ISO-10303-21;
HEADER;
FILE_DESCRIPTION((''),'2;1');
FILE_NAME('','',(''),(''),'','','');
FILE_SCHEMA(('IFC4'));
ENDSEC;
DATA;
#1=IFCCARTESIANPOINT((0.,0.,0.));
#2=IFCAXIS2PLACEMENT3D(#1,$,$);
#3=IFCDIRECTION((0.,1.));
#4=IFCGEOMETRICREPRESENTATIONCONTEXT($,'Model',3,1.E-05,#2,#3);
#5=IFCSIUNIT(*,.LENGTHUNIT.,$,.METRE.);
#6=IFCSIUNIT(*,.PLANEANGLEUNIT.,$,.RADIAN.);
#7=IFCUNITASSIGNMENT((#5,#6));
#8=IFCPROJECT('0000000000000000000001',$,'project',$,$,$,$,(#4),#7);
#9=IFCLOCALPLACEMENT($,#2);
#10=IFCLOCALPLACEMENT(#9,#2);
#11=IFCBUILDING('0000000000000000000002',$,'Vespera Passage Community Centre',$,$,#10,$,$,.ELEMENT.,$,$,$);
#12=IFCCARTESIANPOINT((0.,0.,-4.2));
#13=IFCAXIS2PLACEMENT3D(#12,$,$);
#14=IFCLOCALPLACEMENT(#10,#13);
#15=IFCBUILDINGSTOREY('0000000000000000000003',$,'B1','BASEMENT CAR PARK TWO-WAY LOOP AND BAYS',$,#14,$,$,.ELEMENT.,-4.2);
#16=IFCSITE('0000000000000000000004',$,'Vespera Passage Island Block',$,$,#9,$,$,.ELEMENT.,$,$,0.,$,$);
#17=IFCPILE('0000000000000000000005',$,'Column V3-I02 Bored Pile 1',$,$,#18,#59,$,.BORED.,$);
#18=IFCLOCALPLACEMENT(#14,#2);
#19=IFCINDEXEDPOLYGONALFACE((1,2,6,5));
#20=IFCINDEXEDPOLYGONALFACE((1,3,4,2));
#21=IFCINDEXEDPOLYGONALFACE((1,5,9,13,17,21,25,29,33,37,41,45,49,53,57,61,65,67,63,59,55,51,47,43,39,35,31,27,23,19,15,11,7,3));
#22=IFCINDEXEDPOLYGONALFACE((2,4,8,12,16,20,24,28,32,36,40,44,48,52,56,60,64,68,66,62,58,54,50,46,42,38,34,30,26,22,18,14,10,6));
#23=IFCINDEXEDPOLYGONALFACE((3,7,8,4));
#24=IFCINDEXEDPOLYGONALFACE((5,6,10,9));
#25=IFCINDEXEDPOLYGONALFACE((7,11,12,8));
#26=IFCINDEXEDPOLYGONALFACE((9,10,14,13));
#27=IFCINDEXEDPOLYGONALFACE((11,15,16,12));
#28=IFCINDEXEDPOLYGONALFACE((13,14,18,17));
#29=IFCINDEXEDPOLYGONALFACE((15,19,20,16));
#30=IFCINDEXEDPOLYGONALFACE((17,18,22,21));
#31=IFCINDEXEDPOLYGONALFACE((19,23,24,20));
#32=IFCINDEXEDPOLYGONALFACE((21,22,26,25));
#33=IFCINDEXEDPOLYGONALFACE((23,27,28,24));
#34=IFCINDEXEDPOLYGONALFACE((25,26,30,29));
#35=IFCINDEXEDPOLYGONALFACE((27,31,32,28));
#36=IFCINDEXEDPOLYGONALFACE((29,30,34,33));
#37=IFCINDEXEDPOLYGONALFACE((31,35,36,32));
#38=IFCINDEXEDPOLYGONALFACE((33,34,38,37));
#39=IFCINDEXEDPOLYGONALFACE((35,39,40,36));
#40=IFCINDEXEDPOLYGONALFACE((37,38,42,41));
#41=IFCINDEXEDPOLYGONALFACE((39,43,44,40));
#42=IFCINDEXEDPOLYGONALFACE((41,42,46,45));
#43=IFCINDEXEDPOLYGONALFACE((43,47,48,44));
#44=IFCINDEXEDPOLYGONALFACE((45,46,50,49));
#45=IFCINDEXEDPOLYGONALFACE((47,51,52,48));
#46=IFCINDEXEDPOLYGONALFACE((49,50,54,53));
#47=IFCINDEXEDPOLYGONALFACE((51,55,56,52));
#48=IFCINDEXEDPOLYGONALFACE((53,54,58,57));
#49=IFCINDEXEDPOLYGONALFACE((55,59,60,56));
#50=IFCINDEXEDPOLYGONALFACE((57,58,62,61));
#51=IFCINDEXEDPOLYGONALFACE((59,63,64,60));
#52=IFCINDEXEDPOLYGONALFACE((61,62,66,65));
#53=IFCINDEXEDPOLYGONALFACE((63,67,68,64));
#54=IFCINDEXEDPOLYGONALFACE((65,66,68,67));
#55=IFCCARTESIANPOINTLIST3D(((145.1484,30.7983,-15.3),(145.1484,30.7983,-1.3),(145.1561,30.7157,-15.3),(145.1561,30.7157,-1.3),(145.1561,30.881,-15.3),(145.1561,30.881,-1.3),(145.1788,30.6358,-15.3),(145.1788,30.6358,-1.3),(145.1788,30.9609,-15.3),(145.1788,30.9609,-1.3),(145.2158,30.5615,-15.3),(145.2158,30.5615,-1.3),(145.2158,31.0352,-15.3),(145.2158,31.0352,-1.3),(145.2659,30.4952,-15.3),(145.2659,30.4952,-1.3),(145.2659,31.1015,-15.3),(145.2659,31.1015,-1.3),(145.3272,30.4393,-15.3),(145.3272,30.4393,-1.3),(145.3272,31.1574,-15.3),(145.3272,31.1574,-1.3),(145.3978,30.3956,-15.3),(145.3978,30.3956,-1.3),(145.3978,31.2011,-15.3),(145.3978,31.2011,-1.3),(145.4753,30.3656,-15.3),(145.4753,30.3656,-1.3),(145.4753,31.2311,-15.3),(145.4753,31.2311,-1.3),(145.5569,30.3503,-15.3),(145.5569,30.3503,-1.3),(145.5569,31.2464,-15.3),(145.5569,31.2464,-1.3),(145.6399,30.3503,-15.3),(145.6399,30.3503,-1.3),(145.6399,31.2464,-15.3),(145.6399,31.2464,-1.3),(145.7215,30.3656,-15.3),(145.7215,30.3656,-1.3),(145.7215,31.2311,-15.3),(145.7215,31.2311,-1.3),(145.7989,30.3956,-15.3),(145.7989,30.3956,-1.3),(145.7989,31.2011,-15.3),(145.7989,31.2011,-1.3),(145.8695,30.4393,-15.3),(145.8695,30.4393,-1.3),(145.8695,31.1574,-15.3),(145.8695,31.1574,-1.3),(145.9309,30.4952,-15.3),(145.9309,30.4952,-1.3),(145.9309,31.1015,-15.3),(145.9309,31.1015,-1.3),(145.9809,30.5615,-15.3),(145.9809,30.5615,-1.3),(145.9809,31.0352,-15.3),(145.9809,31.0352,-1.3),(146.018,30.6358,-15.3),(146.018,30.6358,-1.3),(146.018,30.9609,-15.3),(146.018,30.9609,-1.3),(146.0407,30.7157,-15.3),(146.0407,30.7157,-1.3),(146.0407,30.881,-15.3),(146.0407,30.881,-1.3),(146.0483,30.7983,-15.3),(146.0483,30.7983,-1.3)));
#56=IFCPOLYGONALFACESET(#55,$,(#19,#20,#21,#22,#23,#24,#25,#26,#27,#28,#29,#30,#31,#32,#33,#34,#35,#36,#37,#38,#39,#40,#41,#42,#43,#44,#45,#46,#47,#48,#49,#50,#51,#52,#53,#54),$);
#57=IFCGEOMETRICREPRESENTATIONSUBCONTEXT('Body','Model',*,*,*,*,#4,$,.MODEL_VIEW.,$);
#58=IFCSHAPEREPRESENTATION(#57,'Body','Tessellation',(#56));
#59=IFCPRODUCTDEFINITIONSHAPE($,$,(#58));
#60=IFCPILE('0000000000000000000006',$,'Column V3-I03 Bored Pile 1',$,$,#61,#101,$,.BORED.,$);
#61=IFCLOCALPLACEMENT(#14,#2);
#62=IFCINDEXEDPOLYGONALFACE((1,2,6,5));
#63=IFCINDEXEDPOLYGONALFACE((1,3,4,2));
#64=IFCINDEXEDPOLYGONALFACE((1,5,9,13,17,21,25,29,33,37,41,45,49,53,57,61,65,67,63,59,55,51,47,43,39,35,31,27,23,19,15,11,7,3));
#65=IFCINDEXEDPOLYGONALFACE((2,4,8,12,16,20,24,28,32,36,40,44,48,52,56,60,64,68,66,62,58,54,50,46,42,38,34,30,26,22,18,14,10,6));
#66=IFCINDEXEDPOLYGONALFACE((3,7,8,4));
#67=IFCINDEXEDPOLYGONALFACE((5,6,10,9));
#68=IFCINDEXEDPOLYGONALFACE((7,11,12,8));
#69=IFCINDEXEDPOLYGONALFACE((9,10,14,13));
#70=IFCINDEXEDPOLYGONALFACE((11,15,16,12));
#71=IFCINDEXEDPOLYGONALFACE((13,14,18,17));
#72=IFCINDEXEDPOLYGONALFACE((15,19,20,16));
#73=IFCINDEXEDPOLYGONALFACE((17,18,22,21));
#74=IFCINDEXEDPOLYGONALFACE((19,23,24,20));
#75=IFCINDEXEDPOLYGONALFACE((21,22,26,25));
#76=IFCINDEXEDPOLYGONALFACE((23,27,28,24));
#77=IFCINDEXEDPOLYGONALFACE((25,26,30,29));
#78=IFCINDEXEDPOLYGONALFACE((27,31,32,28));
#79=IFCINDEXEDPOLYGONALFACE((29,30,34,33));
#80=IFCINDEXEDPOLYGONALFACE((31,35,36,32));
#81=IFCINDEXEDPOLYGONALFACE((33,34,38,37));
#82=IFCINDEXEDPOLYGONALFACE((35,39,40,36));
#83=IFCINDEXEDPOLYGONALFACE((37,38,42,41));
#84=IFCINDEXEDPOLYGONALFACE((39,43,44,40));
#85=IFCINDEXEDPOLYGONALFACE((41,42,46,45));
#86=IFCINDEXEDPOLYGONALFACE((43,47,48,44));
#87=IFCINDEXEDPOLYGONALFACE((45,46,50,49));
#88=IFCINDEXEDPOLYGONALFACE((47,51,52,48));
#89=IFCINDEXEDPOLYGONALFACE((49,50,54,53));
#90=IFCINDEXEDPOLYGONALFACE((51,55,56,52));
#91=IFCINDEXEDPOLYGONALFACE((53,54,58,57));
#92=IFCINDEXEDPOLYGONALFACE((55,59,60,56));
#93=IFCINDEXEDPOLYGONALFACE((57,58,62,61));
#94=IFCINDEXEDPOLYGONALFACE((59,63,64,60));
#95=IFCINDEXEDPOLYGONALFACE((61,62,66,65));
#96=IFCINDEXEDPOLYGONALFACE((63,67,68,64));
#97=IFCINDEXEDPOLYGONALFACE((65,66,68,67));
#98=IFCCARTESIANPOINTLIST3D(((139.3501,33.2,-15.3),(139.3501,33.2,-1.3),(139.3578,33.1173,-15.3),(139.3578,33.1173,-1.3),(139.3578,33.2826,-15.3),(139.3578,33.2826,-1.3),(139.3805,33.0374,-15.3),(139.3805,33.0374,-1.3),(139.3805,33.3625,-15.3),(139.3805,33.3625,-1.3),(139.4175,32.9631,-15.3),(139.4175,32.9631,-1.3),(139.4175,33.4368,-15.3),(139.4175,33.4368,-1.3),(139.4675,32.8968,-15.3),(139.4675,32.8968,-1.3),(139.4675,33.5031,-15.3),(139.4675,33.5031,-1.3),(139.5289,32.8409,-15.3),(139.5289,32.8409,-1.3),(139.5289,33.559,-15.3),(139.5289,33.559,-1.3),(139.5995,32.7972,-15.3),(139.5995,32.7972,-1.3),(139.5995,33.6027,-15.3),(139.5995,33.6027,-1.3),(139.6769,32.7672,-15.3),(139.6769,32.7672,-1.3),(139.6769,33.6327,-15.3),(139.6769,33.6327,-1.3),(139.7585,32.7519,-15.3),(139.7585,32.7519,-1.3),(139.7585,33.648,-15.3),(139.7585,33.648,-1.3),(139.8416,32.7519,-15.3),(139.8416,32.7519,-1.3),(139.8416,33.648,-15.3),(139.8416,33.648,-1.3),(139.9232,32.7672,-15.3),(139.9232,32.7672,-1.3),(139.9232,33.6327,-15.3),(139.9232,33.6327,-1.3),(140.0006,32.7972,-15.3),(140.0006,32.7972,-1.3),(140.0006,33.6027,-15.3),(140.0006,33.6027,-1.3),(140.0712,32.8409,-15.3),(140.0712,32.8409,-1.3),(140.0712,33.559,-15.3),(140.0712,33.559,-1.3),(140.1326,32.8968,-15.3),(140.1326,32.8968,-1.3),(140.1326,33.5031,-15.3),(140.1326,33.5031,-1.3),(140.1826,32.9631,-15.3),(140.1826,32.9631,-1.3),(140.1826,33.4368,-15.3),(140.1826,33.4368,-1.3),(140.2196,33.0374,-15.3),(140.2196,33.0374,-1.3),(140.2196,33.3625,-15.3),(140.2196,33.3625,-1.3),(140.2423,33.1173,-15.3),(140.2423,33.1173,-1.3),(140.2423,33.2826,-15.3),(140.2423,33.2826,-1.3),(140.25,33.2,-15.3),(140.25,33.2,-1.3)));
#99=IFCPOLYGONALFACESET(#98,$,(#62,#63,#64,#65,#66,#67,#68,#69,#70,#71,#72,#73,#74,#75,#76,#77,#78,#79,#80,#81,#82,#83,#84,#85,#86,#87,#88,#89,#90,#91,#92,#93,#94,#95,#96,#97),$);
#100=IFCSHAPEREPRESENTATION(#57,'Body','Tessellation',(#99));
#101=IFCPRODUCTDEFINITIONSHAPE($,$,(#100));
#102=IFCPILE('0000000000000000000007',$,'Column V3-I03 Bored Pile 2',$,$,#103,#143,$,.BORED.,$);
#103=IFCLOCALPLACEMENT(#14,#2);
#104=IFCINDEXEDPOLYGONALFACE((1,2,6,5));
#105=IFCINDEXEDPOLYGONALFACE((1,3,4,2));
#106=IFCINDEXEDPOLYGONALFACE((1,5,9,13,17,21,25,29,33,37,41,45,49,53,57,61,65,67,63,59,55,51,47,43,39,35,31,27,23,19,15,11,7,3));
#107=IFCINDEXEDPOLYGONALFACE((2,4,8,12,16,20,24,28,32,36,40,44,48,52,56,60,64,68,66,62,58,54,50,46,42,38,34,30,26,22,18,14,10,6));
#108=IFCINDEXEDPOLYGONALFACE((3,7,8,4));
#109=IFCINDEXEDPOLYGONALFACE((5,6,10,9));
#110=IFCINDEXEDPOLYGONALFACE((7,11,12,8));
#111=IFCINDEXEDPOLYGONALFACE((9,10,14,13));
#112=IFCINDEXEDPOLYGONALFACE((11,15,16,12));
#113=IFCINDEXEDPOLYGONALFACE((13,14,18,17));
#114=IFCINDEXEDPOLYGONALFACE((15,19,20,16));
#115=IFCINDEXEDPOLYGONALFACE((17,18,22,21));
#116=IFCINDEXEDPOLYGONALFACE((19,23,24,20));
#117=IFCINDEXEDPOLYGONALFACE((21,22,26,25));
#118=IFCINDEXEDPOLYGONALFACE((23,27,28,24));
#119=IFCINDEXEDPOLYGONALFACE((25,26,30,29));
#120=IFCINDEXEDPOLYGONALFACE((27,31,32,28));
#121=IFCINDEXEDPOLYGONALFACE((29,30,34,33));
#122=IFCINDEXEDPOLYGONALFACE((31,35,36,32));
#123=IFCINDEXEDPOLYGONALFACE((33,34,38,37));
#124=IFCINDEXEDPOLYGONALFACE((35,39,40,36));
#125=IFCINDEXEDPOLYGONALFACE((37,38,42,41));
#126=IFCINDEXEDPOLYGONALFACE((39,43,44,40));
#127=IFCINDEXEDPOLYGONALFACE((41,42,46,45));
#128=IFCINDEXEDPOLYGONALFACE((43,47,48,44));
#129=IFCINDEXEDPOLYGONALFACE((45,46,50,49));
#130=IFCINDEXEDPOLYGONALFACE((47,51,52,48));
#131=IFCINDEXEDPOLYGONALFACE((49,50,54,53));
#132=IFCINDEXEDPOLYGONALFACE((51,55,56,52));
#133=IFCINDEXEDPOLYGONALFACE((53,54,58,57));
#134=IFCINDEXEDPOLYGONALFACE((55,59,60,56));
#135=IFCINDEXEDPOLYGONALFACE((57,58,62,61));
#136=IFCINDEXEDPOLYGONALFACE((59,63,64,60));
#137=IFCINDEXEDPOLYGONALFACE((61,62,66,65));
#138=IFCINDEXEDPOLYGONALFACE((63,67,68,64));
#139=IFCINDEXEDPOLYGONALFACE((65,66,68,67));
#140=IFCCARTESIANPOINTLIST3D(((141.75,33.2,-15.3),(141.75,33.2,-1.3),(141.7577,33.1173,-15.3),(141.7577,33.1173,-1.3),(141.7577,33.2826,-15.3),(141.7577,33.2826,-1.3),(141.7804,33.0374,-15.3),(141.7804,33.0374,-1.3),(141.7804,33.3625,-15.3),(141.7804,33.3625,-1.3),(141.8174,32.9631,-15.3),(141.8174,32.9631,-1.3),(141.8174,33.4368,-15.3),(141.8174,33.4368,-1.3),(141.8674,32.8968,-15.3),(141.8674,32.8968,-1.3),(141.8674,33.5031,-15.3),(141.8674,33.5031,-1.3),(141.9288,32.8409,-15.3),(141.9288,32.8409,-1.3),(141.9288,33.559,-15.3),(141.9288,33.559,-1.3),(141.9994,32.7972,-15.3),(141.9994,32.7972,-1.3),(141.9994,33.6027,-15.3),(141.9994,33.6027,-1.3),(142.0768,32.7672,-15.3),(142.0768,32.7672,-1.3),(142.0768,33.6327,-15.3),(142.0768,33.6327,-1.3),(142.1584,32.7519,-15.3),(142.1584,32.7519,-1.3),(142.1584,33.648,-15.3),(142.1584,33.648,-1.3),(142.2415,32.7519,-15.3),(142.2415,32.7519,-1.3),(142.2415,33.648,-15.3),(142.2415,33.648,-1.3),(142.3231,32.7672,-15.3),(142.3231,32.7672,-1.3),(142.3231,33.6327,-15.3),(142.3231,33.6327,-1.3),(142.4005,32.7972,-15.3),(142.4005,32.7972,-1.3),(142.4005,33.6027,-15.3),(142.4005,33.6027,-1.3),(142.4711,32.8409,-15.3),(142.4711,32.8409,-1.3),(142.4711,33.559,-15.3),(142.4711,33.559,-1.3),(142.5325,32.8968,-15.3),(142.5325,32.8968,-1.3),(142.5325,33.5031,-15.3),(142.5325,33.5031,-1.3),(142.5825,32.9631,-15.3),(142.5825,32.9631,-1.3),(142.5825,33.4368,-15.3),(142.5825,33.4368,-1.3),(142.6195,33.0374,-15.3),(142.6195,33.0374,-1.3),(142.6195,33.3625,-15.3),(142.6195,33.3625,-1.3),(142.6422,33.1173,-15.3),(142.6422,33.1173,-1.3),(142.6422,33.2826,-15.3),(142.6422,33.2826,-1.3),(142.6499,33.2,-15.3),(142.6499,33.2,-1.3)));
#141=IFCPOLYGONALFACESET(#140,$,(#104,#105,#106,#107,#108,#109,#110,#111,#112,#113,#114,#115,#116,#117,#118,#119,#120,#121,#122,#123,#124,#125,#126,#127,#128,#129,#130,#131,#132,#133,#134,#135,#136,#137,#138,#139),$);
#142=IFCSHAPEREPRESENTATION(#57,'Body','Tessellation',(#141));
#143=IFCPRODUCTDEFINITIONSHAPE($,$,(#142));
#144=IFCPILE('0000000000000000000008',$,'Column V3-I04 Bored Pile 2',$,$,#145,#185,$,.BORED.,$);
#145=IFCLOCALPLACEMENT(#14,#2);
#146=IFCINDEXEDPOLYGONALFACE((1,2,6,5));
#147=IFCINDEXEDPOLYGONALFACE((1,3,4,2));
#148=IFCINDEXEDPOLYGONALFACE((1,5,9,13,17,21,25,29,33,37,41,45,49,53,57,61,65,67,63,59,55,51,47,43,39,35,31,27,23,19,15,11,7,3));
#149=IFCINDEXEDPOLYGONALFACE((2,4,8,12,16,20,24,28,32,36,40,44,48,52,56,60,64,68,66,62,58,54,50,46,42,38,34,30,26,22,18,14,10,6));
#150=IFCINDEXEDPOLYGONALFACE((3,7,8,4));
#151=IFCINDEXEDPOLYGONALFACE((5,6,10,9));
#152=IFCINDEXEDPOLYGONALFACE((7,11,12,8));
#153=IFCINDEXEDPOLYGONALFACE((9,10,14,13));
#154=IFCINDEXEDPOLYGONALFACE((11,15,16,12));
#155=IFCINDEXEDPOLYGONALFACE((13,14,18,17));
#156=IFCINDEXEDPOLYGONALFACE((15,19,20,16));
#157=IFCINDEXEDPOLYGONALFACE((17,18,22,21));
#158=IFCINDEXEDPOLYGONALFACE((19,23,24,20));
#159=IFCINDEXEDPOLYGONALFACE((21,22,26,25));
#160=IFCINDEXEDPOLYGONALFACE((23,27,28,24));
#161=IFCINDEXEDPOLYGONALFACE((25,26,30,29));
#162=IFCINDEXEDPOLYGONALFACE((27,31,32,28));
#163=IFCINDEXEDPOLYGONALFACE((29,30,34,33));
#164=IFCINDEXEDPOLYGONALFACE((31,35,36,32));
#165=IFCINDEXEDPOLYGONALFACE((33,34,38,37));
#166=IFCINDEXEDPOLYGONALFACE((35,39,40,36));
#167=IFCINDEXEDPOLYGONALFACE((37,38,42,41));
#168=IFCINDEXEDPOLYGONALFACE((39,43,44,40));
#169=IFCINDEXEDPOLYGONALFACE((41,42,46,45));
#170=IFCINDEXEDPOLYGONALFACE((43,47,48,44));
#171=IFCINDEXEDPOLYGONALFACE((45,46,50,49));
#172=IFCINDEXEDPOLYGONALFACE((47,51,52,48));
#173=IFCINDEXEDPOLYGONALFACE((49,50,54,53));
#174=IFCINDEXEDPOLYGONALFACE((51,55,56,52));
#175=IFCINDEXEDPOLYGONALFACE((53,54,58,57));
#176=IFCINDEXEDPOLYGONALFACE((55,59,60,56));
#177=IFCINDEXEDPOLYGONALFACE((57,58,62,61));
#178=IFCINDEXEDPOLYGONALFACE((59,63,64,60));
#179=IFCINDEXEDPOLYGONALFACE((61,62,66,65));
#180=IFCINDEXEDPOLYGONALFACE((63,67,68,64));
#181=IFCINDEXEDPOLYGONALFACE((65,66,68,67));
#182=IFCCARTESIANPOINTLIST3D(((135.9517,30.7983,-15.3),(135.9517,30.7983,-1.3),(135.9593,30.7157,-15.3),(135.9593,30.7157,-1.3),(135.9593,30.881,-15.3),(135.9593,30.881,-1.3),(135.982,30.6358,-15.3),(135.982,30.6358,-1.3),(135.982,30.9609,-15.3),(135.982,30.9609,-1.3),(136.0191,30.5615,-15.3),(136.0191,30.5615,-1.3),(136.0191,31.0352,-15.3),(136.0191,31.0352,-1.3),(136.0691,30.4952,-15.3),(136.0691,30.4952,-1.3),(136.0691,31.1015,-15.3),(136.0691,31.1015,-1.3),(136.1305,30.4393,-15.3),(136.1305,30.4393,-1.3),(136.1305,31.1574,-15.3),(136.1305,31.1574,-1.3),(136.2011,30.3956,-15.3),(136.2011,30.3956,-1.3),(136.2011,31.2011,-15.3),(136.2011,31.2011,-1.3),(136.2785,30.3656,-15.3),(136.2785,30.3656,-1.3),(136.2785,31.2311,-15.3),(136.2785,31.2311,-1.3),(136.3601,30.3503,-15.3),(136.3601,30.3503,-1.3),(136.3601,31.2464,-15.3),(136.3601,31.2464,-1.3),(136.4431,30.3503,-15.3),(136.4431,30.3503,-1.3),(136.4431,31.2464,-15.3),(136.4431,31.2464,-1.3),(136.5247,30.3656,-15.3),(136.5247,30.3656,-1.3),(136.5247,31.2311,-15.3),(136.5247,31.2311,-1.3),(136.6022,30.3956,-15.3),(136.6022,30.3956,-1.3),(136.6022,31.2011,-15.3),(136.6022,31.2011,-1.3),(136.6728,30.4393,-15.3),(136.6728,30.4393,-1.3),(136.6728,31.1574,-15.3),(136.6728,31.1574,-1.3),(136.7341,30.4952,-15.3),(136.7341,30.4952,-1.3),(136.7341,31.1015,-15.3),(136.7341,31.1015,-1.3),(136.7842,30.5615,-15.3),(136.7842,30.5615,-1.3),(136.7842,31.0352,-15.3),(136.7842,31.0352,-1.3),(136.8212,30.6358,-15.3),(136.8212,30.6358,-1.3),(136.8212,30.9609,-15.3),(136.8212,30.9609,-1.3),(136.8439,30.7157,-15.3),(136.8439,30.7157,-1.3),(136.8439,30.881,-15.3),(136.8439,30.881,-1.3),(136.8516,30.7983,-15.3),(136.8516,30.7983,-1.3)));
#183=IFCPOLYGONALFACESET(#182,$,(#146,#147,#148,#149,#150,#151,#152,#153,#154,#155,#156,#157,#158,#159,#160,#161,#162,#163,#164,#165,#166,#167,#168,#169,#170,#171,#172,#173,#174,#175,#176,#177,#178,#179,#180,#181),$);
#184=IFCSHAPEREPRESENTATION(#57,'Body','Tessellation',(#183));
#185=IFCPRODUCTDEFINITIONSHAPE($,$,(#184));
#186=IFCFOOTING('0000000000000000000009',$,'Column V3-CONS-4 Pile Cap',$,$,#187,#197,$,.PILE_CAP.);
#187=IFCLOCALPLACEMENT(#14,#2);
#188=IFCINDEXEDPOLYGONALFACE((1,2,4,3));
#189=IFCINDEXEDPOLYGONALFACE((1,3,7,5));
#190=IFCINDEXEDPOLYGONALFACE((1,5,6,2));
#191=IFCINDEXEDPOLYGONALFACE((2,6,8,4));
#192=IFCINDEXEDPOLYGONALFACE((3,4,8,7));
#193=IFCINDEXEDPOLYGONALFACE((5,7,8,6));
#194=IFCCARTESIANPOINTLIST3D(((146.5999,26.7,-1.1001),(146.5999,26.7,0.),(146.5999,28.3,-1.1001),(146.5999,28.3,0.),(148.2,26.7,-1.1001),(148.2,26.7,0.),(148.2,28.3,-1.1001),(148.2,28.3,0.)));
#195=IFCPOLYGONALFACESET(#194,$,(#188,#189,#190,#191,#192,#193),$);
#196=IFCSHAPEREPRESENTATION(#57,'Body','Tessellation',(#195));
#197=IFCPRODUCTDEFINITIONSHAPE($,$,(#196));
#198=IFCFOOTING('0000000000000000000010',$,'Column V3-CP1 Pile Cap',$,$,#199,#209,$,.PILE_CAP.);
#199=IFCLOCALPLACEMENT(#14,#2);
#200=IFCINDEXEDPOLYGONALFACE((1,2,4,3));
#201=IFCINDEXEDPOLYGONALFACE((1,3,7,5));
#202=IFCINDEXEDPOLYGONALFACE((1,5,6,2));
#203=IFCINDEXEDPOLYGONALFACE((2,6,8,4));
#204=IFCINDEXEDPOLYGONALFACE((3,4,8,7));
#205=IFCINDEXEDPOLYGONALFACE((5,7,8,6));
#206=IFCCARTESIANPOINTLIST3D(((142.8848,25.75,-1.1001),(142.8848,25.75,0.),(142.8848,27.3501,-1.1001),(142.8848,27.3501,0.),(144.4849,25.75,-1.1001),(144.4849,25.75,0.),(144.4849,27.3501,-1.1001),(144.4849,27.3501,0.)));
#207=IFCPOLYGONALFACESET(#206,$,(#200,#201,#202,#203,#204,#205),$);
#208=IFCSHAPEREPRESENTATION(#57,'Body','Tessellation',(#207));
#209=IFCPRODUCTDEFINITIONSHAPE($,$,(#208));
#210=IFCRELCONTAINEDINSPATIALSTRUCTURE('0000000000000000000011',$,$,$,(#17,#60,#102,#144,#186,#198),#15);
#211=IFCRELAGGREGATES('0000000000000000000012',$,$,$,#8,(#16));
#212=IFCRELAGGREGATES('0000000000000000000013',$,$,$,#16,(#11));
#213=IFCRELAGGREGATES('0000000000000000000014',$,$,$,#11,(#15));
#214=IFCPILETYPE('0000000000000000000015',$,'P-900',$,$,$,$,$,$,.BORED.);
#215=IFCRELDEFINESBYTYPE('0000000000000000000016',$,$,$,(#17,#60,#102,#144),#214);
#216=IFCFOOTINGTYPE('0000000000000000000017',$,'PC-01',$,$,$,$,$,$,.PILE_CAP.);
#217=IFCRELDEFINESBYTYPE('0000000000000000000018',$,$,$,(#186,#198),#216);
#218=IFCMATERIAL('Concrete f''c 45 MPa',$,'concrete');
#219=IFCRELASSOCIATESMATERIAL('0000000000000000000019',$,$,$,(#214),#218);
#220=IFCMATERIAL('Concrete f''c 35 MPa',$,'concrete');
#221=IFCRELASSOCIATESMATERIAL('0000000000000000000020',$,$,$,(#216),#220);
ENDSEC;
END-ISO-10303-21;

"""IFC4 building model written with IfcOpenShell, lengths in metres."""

from ifc_helpers import new_model, si_unit, direction, frame, origin, origin_2d, place, context, subcontext, project, spatial, rectangle, circle, extrude, material, material_profile, profile_set, type_object, element, save


model = new_model("IFC4")

# Units and contexts
model_context = context("Model", 3, precision=1e-05, world=origin(), true_north=direction((0.0, 1.0)))
body_context = subcontext(model_context, "Body", "Model", "MODEL_VIEW")
ifc_project = project(units=[si_unit("LENGTHUNIT", "METRE"), si_unit("PLANEANGLEUNIT", "RADIAN")], contexts=[model_context])

# Site, building, storey
site_placement = place(None, origin())
site = spatial("IfcSite", under=ifc_project, at=site_placement, Name="Vespera Passage Island Block", CompositionType="ELEMENT", RefElevation=0.0)
building_placement = place(site_placement, origin())
building = spatial("IfcBuilding", under=site, at=building_placement, Name="Vespera Passage Community Centre", CompositionType="ELEMENT")
storey_placement = place(building_placement, frame((0.0, 0.0, -4.2)))
storey = spatial("IfcBuildingStorey", under=building, at=storey_placement, Name="B1", Description="BASEMENT CAR PARK TWO-WAY LOOP AND BAYS", CompositionType="ELEMENT", Elevation=-4.2)

# Piles
ifc_material_1 = material(Name="Concrete f'c 45 MPa", Category="concrete")
ifc_material_profile_1 = material_profile(ifc_material_1, circle(Radius=0.45, at=origin_2d()), Name="PILE900DIA")
ifc_profile_set_1 = profile_set([ifc_material_profile_1], Name="Concrete f'c 45 MPa")
pile_type_1 = type_object("IfcPileType", Name="P-900", PredefinedType="BORED", material=ifc_profile_set_1)
for number, where, z_axis, x_axis, name in (
    (1, (145.5984, 30.7983, -1.3), (0.0, 0.0, -1.0), (1.0, 0.0, 0.0), "Column V3-I02 Bored Pile 1"),
    (2, (139.8, 33.2, -1.3), (0.0, 0.0, -1.0), (1.0, 0.0, 0.0), "Column V3-I03 Bored Pile 1"),
    (3, (142.2, 33.2, -1.3), (0.0, 0.0, -1.0), (1.0, 0.0, 0.0), "Column V3-I03 Bored Pile 2"),
    (4, (136.4016, 30.7983, -1.3), (0.0, 0.0, -1.0), (1.0, 0.0, 0.0), "Column V3-I04 Bored Pile 2"),
):
    element("IfcPile", number, at=place(storey_placement, frame(where, z_axis=z_axis, x_axis=x_axis)), inside=storey, type_object=pile_type_1, Name=name, PredefinedType="BORED", context=body_context, shape_type="SweptSolid", body=[
        extrude(circle(Radius=0.45, at=origin_2d()), origin(), (0.0, 0.0, 1.0), 14.0),
    ])

# Footings
ifc_material_2 = material(Name="Concrete f'c 35 MPa", Category="concrete")
footing_type_1 = type_object("IfcFootingType", Name="PC-01", PredefinedType="PILE_CAP", material=ifc_material_2)
for number, where, z_axis, x_axis, name in (
    (5, (147.3999, 27.5, -1.1001), (0.0, 0.0, 1.0), (1.0, 0.0, 0.0), "Column V3-CONS-4 Pile Cap"),
    (6, (143.6848, 26.55, -1.1001), (0.0, 0.0, 1.0), (1.0, 0.0, 0.0), "Column V3-CP1 Pile Cap"),
):
    element("IfcFooting", number, at=place(storey_placement, frame(where, z_axis=z_axis, x_axis=x_axis)), inside=storey, type_object=footing_type_1, Name=name, PredefinedType="PILE_CAP", context=body_context, shape_type="SweptSolid", body=[
        extrude(rectangle(XDim=1.6001, YDim=1.6001, at=origin_2d()), origin(), (0.0, 0.0, 1.0), 1.1001),
    ])

save(model, "model.ifc")
